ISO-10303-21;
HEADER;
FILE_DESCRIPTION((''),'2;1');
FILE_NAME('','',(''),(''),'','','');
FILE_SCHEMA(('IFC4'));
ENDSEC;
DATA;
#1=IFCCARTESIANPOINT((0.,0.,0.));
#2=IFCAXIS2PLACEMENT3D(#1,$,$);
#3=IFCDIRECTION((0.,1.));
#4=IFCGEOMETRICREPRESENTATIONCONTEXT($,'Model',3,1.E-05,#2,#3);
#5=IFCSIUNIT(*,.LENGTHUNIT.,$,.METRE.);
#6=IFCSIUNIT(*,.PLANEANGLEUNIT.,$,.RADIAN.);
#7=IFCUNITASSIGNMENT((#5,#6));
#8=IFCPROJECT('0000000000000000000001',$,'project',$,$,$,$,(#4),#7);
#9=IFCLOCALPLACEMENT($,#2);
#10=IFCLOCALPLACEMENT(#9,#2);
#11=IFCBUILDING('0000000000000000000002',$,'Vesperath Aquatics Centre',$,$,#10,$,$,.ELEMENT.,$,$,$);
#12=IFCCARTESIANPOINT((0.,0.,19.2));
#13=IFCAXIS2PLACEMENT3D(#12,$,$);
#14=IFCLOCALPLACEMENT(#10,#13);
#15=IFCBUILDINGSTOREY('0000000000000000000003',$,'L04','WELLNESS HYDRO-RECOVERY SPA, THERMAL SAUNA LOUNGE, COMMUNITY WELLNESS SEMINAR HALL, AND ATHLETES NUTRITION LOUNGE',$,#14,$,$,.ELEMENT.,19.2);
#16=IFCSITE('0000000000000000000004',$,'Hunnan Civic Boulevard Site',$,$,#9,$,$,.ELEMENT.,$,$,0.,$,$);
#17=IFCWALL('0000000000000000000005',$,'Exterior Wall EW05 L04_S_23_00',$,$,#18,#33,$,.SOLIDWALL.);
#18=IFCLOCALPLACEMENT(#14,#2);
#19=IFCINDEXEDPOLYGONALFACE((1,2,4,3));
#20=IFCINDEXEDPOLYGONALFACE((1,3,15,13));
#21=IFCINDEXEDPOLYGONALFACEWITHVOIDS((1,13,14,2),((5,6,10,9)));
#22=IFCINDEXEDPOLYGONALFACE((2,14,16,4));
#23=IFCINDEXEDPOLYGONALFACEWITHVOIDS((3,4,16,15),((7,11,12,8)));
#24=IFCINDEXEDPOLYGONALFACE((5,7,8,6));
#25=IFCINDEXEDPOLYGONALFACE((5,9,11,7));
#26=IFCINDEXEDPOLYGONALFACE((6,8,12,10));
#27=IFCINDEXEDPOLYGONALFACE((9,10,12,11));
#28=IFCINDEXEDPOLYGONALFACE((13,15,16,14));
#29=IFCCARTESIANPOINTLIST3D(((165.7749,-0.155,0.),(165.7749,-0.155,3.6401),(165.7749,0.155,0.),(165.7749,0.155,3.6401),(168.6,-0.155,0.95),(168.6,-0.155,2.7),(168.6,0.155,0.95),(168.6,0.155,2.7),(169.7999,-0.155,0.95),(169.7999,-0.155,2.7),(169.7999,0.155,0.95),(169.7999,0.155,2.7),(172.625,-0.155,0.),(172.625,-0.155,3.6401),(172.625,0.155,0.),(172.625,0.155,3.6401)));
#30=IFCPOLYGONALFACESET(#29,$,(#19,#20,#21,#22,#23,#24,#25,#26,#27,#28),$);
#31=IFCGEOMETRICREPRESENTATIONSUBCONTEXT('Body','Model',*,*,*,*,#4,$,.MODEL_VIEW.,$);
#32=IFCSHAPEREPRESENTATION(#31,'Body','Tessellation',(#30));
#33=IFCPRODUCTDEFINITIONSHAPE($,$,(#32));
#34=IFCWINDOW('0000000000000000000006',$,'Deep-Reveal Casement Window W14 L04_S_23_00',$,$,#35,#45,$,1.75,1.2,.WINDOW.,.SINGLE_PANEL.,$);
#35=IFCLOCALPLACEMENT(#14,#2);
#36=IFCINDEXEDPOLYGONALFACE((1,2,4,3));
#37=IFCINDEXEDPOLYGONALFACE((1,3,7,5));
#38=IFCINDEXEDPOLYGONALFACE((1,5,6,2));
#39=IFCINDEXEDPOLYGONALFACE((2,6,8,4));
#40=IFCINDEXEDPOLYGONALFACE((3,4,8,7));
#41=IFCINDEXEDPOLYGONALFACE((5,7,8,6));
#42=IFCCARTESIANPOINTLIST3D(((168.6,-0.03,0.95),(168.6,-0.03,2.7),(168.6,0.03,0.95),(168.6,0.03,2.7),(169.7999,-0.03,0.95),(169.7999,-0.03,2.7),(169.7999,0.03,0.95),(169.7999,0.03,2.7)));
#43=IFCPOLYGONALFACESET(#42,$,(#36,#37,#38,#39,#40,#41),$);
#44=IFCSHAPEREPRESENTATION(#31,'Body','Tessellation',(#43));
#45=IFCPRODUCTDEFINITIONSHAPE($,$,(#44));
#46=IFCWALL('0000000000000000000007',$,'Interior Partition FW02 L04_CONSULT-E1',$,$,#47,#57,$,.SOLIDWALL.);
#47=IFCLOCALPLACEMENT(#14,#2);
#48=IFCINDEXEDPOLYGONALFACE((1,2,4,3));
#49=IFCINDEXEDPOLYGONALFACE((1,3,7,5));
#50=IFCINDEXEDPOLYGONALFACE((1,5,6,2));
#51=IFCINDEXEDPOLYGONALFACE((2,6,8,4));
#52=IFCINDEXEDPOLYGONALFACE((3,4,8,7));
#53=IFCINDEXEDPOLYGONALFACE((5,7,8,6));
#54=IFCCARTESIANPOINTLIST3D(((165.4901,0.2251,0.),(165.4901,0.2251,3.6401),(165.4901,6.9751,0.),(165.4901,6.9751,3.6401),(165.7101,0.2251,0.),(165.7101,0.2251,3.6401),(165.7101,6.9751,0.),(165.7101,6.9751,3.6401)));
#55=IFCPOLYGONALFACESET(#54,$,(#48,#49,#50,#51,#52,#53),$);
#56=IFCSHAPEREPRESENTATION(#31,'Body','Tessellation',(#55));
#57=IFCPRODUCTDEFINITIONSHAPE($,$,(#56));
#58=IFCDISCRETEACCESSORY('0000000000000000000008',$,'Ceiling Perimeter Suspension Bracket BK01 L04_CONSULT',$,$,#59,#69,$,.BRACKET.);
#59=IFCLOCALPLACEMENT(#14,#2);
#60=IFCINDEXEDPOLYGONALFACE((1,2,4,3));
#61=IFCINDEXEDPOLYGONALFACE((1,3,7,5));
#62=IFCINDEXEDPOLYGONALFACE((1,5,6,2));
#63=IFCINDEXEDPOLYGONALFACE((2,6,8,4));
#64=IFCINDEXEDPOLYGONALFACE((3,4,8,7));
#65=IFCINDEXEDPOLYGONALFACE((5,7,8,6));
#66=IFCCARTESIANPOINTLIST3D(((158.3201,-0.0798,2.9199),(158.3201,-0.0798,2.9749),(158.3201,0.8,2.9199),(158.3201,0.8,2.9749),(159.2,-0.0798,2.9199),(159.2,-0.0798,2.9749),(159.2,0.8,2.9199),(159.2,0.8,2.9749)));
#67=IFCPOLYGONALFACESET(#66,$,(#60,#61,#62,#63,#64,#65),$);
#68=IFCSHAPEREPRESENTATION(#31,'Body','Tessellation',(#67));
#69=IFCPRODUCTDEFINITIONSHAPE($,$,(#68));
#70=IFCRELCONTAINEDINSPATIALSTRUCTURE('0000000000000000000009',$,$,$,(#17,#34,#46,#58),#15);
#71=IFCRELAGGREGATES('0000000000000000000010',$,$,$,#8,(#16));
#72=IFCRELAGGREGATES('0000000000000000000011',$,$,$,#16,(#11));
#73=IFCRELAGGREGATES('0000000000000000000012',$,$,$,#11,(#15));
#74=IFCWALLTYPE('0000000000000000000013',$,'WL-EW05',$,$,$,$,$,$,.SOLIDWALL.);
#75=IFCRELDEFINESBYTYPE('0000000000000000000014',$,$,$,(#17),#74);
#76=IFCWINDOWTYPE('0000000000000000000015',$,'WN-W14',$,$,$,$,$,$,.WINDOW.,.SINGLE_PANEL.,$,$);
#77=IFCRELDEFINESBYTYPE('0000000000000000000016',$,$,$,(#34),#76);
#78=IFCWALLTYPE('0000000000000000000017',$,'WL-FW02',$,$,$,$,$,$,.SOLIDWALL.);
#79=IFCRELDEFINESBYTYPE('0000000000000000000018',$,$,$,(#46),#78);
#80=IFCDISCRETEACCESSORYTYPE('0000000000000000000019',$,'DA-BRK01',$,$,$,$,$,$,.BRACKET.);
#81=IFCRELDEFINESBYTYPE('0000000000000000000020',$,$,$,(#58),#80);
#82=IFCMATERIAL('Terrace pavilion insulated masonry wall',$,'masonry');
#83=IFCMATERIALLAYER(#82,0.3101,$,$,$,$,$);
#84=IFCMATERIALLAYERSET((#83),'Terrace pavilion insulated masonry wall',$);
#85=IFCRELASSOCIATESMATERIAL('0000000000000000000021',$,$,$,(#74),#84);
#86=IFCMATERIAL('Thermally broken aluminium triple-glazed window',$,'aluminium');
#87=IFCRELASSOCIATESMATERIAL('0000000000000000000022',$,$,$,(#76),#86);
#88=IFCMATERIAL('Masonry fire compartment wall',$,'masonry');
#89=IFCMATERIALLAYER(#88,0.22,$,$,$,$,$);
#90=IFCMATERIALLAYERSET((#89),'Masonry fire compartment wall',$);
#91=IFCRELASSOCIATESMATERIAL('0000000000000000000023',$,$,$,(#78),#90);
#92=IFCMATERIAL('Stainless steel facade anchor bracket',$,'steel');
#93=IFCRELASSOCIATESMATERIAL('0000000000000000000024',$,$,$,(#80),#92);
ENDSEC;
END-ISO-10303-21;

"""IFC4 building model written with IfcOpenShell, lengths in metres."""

from ifc_helpers import new_model, si_unit, direction, frame, frame_2d, origin, origin_2d, place, context, subcontext, project, spatial, rectangle, extrude, material, layer, layer_set, type_object, element, fill, save


model = new_model("IFC4")

# Units and contexts
model_context = context("Model", 3, precision=1e-05, world=origin(), true_north=direction((0.0, 1.0)))
body_context = subcontext(model_context, "Body", "Model", "MODEL_VIEW")
ifc_project = project(units=[si_unit("LENGTHUNIT", "METRE"), si_unit("PLANEANGLEUNIT", "RADIAN")], contexts=[model_context])

# Site, building, storey
site_placement = place(None, origin())
site = spatial("IfcSite", under=ifc_project, at=site_placement, Name="Hunnan Civic Boulevard Site", CompositionType="ELEMENT", RefElevation=0.0)
building_placement = place(site_placement, origin())
building = spatial("IfcBuilding", under=site, at=building_placement, Name="Vesperath Aquatics Centre", CompositionType="ELEMENT")
storey_placement = place(building_placement, frame((0.0, 0.0, 19.2)))
storey = spatial("IfcBuildingStorey", under=building, at=storey_placement, Name="L04", Description="WELLNESS HYDRO-RECOVERY SPA, THERMAL SAUNA LOUNGE, COMMUNITY WELLNESS SEMINAR HALL, AND ATHLETES NUTRITION LOUNGE", CompositionType="ELEMENT", Elevation=19.2)

# Wall, opening, window
ifc_material_1 = material(Name="Terrace pavilion insulated masonry wall", Category="masonry")
ifc_layer_1 = layer(ifc_material_1, 0.3101)
ifc_layer_set_1 = layer_set([ifc_layer_1], Name="Terrace pavilion insulated masonry wall")
wall_type_1 = type_object("IfcWallType", Name="WL-EW05", PredefinedType="SOLIDWALL", material=ifc_layer_set_1)
wall_1_placement = place(storey_placement, frame((165.7749, 0.0, 0.0), z_axis=(0.0, 0.0, 1.0), x_axis=(1.0, 0.0, 0.0)))
wall_1 = element("IfcWall", 1, at=wall_1_placement, inside=storey, type_object=wall_type_1, Name="Exterior Wall EW05 L04_S_23_00", PredefinedType="SOLIDWALL", context=body_context, shape_type="SweptSolid", body=[
    extrude(rectangle(XDim=6.8501, YDim=0.3101, at=frame_2d((3.425, 0.0))), origin(), (0.0, 0.0, 1.0), 3.6401),
])
opening_placement = place(wall_1_placement, frame((2.825, 0.0, 0.95)))
opening = element("IfcOpeningElement", 2, at=opening_placement, cuts=wall_1, PredefinedType="OPENING", context=body_context, shape_type="SweptSolid", body=[
    extrude(rectangle(XDim=1.2, YDim=1.75, at=frame_2d((0.6001, 0.875))), frame((0.0, 0.1699, 0.0), z_axis=(0.0, -1.0, 0.0), x_axis=(1.0, 0.0, 0.0)), (0.0, 0.0, 1.0), 0.3398),
])
ifc_material_2 = material(Name="Thermally broken aluminium triple-glazed window", Category="aluminium")
window_type = type_object("IfcWindowType", Name="WN-W14", PartitioningType="SINGLE_PANEL", PredefinedType="WINDOW", material=ifc_material_2)
window_placement = place(opening_placement, origin())
window = element("IfcWindow", 3, at=window_placement, inside=storey, type_object=window_type, Name="Deep-Reveal Casement Window W14 L04_S_23_00", OverallHeight=1.75, OverallWidth=1.2, PartitioningType="SINGLE_PANEL", PredefinedType="WINDOW", context=body_context, shape_type="SweptSolid", body=[
    extrude(rectangle(XDim=1.2, YDim=1.75, at=frame_2d((0.6001, 0.875))), frame((0.0, 0.03, 0.0), z_axis=(0.0, -1.0, 0.0), x_axis=(1.0, 0.0, 0.0)), (0.0, 0.0, 1.0), 0.0601),
])
fill(opening, window)

# Wall
ifc_material_3 = material(Name="Masonry fire compartment wall", Category="masonry")
ifc_layer_2 = layer(ifc_material_3, 0.22)
ifc_layer_set_2 = layer_set([ifc_layer_2], Name="Masonry fire compartment wall")
wall_type_2 = type_object("IfcWallType", Name="WL-FW02", PredefinedType="SOLIDWALL", material=ifc_layer_set_2)
wall_2_placement = place(storey_placement, frame((165.6001, 0.2251, 0.0), z_axis=(0.0, 0.0, 1.0), x_axis=(0.0, 1.0, 0.0)))
element("IfcWall", 4, at=wall_2_placement, inside=storey, type_object=wall_type_2, Name="Interior Partition FW02 L04_CONSULT-E1", PredefinedType="SOLIDWALL", context=body_context, shape_type="SweptSolid", body=[
    extrude(rectangle(XDim=6.75, YDim=0.22, at=frame_2d((3.375, 0.0))), origin(), (0.0, 0.0, 1.0), 3.6401),
])

# Discrete accessory
ifc_material_4 = material(Name="Stainless steel facade anchor bracket", Category="steel")
discrete_accessory_type = type_object("IfcDiscreteAccessoryType", Name="DA-BRK01", PredefinedType="BRACKET", material=ifc_material_4)
discrete_accessory_placement = place(storey_placement, frame((158.76, 0.3601, 2.9199), z_axis=(0.0, 0.0, 1.0), x_axis=(1.0, 0.0, 0.0)))
element("IfcDiscreteAccessory", 5, at=discrete_accessory_placement, inside=storey, type_object=discrete_accessory_type, Name="Ceiling Perimeter Suspension Bracket BK01 L04_CONSULT", PredefinedType="BRACKET", context=body_context, shape_type="SweptSolid", body=[
    extrude(rectangle(XDim=0.8799, YDim=0.8799, at=origin_2d()), origin(), (0.0, 0.0, 1.0), 0.0549),
])

save(model, "model.ifc")
